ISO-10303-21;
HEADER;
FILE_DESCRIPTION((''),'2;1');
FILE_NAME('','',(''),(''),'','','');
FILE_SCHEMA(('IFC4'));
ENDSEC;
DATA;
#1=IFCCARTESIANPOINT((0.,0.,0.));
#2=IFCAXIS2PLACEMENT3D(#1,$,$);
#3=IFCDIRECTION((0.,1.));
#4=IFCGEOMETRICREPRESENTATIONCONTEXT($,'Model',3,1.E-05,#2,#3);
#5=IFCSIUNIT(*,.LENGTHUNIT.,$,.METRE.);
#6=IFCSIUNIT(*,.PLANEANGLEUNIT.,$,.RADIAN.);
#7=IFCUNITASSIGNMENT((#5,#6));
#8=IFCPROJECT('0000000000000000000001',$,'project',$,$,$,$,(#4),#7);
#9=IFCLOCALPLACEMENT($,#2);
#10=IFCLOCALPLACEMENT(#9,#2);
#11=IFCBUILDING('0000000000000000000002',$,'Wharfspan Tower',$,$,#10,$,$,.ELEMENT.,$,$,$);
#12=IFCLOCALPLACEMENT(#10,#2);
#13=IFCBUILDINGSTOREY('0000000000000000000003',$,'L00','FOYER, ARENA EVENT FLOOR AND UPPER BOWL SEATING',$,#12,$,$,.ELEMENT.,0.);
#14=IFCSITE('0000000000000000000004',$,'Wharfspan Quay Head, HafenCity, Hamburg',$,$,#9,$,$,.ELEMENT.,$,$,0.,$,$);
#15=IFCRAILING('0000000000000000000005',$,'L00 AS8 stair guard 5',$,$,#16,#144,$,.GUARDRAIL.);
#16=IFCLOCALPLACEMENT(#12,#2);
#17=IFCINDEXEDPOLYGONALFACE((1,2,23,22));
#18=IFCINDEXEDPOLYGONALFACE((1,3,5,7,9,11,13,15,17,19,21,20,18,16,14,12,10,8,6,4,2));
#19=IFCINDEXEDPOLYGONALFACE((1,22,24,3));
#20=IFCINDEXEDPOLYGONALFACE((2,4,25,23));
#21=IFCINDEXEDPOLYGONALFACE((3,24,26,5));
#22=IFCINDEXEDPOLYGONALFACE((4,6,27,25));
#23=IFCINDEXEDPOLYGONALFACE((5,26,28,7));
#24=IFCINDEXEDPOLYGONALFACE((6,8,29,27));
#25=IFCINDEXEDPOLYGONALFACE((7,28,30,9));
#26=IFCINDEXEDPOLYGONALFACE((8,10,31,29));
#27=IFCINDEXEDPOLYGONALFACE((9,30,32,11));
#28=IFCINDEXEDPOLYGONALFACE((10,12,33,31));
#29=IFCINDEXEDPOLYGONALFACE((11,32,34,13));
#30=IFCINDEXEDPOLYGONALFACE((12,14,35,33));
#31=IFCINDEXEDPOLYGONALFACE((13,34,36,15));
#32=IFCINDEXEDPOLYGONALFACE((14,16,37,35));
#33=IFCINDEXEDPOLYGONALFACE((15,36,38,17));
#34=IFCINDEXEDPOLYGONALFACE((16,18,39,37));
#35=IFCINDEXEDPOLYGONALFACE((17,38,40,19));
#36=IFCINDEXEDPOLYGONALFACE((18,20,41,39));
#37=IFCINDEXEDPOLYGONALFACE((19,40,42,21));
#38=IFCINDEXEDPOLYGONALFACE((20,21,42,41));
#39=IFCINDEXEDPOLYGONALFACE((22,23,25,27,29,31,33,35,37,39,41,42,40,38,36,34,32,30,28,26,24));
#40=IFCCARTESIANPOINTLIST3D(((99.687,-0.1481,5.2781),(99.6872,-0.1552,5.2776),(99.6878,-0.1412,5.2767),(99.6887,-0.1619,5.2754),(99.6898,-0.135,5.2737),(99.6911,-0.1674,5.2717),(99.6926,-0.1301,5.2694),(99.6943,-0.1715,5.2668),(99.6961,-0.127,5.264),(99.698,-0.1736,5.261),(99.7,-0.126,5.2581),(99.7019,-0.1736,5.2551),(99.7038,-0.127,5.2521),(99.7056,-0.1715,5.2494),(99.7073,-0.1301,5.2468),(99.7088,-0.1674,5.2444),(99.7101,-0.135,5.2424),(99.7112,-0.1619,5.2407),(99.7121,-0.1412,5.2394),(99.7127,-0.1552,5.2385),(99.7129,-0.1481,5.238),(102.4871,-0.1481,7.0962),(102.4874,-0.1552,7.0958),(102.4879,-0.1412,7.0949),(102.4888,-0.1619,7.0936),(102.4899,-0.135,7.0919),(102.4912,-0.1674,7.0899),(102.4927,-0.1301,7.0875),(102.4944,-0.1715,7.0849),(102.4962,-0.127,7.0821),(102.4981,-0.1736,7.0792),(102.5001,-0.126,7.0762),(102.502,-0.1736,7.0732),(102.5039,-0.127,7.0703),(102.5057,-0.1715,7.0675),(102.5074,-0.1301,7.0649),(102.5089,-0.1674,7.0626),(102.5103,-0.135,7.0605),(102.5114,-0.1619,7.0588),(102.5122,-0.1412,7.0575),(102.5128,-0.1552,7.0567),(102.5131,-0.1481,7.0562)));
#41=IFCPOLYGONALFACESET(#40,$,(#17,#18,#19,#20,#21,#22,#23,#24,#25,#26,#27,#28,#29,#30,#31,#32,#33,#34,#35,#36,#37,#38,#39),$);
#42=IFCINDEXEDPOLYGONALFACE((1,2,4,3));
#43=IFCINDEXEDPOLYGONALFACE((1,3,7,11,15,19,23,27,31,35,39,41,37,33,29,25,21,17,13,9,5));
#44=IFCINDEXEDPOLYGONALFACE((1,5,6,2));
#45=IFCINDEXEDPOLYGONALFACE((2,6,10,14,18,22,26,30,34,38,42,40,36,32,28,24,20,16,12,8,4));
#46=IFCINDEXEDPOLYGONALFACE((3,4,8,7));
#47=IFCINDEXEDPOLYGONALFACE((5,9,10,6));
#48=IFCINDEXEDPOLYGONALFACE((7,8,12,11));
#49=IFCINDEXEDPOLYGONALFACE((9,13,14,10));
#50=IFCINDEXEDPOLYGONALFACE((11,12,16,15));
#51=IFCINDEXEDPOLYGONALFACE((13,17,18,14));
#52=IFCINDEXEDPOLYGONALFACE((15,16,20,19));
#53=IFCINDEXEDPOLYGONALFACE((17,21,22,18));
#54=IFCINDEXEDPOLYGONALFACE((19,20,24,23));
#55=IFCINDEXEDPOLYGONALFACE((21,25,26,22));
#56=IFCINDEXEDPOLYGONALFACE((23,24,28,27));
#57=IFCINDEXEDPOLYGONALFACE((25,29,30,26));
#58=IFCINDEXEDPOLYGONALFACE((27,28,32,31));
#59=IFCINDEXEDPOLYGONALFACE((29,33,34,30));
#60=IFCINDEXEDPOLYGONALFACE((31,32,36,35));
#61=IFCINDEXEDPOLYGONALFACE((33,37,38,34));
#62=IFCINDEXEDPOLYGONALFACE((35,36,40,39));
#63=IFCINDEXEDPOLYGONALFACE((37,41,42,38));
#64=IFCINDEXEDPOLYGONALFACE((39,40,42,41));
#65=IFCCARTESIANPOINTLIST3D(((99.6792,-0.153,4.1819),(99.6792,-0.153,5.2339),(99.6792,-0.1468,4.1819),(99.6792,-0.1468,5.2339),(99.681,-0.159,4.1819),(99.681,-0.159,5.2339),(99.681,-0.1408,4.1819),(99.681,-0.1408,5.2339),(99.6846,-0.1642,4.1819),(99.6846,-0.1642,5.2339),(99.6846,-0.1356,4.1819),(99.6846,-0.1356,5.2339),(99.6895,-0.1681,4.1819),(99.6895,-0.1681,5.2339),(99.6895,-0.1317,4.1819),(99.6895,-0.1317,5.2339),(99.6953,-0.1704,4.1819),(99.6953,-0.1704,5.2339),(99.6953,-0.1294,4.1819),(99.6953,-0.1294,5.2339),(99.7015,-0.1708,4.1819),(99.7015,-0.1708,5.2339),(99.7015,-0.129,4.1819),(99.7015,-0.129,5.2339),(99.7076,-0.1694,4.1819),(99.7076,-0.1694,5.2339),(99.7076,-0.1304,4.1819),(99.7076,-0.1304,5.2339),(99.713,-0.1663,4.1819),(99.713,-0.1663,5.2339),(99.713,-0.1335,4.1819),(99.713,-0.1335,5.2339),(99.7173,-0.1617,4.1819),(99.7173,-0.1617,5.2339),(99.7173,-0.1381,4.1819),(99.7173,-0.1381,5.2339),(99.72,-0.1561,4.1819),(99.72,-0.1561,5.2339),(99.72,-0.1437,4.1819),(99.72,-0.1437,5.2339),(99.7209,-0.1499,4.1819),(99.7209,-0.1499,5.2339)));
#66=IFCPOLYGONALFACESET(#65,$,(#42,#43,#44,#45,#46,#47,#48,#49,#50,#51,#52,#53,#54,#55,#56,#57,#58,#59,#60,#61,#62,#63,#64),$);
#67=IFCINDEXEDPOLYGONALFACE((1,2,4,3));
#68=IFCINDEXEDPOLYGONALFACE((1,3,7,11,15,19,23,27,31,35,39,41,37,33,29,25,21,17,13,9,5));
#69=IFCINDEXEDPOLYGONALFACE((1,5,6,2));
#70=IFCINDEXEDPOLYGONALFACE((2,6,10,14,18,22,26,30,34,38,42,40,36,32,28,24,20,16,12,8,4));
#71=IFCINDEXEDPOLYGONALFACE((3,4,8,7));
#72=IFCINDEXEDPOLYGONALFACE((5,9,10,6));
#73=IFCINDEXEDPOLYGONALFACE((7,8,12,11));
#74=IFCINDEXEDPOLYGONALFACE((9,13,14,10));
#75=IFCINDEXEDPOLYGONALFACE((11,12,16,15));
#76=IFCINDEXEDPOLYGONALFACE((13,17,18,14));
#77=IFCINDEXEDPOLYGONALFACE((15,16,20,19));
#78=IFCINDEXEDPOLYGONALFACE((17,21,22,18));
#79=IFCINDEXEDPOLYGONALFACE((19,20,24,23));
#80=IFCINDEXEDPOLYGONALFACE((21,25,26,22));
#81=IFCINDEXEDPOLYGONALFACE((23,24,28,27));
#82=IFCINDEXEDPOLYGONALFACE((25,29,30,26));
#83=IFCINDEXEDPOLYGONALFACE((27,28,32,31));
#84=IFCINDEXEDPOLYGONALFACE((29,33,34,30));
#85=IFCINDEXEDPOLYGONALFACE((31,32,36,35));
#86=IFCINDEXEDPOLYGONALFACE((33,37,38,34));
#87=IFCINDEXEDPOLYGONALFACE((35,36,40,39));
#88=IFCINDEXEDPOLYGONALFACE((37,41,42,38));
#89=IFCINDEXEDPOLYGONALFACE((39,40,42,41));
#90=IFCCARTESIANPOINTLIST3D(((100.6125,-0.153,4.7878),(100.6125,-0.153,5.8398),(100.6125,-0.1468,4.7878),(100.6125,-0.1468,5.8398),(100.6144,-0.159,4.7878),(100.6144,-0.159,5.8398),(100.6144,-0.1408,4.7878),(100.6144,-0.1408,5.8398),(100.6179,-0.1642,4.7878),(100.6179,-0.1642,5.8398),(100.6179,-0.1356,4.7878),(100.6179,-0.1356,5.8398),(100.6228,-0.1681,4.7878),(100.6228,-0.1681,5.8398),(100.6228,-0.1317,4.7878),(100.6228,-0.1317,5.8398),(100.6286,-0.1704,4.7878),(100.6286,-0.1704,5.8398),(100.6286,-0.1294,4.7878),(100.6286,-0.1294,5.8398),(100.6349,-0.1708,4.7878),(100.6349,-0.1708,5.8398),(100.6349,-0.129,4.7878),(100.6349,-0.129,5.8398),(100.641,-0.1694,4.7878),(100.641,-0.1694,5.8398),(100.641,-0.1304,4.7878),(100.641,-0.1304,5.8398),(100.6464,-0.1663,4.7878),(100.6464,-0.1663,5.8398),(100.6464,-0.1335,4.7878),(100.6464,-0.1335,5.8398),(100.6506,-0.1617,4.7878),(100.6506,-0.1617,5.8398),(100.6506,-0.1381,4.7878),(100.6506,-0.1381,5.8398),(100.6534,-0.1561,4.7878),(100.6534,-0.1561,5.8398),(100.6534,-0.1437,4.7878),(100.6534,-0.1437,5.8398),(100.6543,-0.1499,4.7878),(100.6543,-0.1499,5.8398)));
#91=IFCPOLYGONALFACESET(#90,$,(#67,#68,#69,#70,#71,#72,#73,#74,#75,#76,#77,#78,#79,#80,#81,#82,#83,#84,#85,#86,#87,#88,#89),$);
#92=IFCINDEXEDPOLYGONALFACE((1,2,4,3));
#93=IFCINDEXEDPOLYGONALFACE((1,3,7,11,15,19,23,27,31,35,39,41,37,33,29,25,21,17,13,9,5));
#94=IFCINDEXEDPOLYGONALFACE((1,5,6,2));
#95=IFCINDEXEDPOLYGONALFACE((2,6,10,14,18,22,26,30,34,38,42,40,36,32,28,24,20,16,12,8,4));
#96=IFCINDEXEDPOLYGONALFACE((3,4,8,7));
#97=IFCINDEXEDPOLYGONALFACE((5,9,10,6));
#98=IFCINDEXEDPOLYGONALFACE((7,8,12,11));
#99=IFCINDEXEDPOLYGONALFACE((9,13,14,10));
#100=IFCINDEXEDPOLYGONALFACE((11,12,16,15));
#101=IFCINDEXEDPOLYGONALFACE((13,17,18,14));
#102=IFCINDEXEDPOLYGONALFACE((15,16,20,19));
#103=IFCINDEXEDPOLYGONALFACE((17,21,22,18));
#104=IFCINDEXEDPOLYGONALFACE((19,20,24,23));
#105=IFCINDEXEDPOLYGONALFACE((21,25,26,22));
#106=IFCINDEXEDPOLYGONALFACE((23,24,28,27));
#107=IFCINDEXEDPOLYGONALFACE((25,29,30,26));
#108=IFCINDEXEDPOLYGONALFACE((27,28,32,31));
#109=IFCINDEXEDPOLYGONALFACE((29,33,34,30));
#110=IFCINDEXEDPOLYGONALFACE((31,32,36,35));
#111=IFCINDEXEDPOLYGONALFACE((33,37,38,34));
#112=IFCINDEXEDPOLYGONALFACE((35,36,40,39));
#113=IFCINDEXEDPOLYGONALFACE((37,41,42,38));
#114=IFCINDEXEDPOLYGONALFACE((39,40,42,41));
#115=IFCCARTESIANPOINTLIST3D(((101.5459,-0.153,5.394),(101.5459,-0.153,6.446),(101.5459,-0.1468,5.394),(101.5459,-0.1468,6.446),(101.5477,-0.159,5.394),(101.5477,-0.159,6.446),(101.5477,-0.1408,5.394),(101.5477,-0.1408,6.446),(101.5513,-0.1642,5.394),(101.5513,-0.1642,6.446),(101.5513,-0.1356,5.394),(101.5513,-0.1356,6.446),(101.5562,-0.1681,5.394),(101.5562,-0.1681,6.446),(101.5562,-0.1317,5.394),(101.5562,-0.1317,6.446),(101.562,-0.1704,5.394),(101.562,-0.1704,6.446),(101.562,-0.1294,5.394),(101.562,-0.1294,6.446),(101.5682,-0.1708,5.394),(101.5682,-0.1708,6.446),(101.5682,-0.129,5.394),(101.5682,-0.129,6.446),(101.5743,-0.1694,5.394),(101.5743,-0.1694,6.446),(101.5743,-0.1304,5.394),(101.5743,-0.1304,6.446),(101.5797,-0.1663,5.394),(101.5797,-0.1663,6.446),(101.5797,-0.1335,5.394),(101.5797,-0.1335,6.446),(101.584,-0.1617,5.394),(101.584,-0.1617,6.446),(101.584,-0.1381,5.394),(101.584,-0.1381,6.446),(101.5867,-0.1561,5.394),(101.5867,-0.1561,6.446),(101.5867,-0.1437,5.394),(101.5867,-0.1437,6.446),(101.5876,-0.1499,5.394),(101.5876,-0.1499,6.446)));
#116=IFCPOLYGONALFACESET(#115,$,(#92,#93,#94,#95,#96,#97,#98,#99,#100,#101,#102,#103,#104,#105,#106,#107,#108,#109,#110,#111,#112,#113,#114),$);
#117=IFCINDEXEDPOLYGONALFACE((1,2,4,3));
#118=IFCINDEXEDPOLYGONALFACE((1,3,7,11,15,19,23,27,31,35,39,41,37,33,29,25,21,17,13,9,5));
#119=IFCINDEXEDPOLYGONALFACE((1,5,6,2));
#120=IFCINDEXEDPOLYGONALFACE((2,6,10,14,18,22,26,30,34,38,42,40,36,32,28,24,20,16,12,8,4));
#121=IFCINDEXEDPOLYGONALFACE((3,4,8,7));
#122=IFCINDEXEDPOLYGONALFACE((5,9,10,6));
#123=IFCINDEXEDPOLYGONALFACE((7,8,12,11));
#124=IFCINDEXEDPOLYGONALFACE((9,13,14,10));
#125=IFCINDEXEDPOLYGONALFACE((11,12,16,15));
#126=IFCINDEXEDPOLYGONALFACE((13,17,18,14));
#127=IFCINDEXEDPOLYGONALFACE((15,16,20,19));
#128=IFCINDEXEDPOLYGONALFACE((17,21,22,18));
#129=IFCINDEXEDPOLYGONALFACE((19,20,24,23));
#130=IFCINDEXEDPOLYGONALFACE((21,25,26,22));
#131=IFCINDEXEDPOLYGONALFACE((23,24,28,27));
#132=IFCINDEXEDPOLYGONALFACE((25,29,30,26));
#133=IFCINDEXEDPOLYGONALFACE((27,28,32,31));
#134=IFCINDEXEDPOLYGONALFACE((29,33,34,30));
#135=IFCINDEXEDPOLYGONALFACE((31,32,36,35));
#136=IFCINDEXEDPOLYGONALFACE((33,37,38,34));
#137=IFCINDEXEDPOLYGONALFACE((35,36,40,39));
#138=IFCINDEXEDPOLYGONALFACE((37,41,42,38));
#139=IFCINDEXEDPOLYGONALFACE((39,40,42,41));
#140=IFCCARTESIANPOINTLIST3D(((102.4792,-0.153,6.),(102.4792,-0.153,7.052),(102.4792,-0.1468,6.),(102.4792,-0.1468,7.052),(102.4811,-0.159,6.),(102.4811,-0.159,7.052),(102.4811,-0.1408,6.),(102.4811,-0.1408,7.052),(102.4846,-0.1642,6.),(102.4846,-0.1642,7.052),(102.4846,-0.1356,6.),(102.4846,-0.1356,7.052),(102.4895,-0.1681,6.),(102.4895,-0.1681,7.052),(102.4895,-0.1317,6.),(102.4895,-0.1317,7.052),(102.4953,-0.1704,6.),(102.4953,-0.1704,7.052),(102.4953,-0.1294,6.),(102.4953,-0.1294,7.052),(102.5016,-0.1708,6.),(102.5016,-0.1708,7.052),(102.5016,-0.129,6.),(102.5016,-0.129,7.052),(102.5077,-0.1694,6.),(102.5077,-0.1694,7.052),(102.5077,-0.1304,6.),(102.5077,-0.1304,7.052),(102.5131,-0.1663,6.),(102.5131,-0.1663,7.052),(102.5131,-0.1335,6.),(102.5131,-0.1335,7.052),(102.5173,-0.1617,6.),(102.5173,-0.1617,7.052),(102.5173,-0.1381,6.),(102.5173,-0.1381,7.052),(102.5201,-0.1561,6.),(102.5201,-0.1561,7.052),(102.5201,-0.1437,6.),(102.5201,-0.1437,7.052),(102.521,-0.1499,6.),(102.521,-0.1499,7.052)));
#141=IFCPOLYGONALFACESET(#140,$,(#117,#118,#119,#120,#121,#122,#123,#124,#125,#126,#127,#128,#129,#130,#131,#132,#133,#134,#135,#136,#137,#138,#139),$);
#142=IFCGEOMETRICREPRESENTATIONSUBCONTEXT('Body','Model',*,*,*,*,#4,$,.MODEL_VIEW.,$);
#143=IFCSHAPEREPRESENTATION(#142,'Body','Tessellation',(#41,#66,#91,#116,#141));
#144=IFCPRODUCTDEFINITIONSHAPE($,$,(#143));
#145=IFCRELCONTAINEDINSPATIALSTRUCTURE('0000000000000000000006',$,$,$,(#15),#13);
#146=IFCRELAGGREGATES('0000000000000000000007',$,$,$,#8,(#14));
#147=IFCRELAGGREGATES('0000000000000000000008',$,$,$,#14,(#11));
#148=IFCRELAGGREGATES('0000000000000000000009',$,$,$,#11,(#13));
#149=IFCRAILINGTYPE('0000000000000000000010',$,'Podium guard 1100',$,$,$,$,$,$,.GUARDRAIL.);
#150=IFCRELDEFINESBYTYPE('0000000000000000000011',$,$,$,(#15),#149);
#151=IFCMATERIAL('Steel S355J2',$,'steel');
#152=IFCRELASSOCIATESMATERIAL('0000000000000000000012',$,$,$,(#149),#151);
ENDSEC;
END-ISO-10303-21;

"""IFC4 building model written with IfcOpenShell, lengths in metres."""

from ifc_helpers import new_model, si_unit, direction, frame, origin, origin_2d, place, context, subcontext, project, spatial, circle, extrude, material, type_object, element, save


model = new_model("IFC4")

# Units and contexts
model_context = context("Model", 3, precision=1e-05, world=origin(), true_north=direction((0.0, 1.0)))
body_context = subcontext(model_context, "Body", "Model", "MODEL_VIEW")
ifc_project = project(units=[si_unit("LENGTHUNIT", "METRE"), si_unit("PLANEANGLEUNIT", "RADIAN")], contexts=[model_context])

# Site, building, storey
site_placement = place(None, origin())
site = spatial("IfcSite", under=ifc_project, at=site_placement, Name="Wharfspan Quay Head, HafenCity, Hamburg", CompositionType="ELEMENT", RefElevation=0.0)
building_placement = place(site_placement, origin())
building = spatial("IfcBuilding", under=site, at=building_placement, Name="Wharfspan Tower", CompositionType="ELEMENT")
storey_placement = place(building_placement, origin())
storey = spatial("IfcBuildingStorey", under=building, at=storey_placement, Name="L00", Description="FOYER, ARENA EVENT FLOOR AND UPPER BOWL SEATING", CompositionType="ELEMENT", Elevation=0.0)

# Shared definitions
ifc_material_1 = material(Name="Steel S355J2", Category="steel")

# Railing
railing_type_1 = type_object("IfcRailingType", Name="Podium guard 1100", PredefinedType="GUARDRAIL", material=ifc_material_1)
railing_1_placement = place(storey_placement, frame((99.7, -0.1499, 4.1819)))
element("IfcRailing", 1, at=railing_1_placement, inside=storey, type_object=railing_type_1, Name="L00 AS8 stair guard 5", PredefinedType="GUARDRAIL", context=body_context, shape_type="SweptSolid", body=[
    extrude(circle(Radius=0.0239, at=origin_2d()), frame((0.0, 0.0, 1.0762), z_axis=(0.838706, 0.0, 0.544585), x_axis=(0.0, 1.0, 0.0)), (0.0, 0.0, 1.0), 3.3386),
    extrude(circle(Radius=0.021, at=origin_2d()), origin(), (0.0, 0.0, 1.0), 1.052),
    extrude(circle(Radius=0.021, at=origin_2d()), frame((0.9334, 0.0, 0.606)), (0.0, 0.0, 1.0), 1.052),
    extrude(circle(Radius=0.021, at=origin_2d()), frame((1.8667, 0.0, 1.2122)), (0.0, 0.0, 1.0), 1.052),
    extrude(circle(Radius=0.021, at=origin_2d()), frame((2.8, 0.0, 1.8181)), (0.0, 0.0, 1.0), 1.052),
])

save(model, "model.ifc")
